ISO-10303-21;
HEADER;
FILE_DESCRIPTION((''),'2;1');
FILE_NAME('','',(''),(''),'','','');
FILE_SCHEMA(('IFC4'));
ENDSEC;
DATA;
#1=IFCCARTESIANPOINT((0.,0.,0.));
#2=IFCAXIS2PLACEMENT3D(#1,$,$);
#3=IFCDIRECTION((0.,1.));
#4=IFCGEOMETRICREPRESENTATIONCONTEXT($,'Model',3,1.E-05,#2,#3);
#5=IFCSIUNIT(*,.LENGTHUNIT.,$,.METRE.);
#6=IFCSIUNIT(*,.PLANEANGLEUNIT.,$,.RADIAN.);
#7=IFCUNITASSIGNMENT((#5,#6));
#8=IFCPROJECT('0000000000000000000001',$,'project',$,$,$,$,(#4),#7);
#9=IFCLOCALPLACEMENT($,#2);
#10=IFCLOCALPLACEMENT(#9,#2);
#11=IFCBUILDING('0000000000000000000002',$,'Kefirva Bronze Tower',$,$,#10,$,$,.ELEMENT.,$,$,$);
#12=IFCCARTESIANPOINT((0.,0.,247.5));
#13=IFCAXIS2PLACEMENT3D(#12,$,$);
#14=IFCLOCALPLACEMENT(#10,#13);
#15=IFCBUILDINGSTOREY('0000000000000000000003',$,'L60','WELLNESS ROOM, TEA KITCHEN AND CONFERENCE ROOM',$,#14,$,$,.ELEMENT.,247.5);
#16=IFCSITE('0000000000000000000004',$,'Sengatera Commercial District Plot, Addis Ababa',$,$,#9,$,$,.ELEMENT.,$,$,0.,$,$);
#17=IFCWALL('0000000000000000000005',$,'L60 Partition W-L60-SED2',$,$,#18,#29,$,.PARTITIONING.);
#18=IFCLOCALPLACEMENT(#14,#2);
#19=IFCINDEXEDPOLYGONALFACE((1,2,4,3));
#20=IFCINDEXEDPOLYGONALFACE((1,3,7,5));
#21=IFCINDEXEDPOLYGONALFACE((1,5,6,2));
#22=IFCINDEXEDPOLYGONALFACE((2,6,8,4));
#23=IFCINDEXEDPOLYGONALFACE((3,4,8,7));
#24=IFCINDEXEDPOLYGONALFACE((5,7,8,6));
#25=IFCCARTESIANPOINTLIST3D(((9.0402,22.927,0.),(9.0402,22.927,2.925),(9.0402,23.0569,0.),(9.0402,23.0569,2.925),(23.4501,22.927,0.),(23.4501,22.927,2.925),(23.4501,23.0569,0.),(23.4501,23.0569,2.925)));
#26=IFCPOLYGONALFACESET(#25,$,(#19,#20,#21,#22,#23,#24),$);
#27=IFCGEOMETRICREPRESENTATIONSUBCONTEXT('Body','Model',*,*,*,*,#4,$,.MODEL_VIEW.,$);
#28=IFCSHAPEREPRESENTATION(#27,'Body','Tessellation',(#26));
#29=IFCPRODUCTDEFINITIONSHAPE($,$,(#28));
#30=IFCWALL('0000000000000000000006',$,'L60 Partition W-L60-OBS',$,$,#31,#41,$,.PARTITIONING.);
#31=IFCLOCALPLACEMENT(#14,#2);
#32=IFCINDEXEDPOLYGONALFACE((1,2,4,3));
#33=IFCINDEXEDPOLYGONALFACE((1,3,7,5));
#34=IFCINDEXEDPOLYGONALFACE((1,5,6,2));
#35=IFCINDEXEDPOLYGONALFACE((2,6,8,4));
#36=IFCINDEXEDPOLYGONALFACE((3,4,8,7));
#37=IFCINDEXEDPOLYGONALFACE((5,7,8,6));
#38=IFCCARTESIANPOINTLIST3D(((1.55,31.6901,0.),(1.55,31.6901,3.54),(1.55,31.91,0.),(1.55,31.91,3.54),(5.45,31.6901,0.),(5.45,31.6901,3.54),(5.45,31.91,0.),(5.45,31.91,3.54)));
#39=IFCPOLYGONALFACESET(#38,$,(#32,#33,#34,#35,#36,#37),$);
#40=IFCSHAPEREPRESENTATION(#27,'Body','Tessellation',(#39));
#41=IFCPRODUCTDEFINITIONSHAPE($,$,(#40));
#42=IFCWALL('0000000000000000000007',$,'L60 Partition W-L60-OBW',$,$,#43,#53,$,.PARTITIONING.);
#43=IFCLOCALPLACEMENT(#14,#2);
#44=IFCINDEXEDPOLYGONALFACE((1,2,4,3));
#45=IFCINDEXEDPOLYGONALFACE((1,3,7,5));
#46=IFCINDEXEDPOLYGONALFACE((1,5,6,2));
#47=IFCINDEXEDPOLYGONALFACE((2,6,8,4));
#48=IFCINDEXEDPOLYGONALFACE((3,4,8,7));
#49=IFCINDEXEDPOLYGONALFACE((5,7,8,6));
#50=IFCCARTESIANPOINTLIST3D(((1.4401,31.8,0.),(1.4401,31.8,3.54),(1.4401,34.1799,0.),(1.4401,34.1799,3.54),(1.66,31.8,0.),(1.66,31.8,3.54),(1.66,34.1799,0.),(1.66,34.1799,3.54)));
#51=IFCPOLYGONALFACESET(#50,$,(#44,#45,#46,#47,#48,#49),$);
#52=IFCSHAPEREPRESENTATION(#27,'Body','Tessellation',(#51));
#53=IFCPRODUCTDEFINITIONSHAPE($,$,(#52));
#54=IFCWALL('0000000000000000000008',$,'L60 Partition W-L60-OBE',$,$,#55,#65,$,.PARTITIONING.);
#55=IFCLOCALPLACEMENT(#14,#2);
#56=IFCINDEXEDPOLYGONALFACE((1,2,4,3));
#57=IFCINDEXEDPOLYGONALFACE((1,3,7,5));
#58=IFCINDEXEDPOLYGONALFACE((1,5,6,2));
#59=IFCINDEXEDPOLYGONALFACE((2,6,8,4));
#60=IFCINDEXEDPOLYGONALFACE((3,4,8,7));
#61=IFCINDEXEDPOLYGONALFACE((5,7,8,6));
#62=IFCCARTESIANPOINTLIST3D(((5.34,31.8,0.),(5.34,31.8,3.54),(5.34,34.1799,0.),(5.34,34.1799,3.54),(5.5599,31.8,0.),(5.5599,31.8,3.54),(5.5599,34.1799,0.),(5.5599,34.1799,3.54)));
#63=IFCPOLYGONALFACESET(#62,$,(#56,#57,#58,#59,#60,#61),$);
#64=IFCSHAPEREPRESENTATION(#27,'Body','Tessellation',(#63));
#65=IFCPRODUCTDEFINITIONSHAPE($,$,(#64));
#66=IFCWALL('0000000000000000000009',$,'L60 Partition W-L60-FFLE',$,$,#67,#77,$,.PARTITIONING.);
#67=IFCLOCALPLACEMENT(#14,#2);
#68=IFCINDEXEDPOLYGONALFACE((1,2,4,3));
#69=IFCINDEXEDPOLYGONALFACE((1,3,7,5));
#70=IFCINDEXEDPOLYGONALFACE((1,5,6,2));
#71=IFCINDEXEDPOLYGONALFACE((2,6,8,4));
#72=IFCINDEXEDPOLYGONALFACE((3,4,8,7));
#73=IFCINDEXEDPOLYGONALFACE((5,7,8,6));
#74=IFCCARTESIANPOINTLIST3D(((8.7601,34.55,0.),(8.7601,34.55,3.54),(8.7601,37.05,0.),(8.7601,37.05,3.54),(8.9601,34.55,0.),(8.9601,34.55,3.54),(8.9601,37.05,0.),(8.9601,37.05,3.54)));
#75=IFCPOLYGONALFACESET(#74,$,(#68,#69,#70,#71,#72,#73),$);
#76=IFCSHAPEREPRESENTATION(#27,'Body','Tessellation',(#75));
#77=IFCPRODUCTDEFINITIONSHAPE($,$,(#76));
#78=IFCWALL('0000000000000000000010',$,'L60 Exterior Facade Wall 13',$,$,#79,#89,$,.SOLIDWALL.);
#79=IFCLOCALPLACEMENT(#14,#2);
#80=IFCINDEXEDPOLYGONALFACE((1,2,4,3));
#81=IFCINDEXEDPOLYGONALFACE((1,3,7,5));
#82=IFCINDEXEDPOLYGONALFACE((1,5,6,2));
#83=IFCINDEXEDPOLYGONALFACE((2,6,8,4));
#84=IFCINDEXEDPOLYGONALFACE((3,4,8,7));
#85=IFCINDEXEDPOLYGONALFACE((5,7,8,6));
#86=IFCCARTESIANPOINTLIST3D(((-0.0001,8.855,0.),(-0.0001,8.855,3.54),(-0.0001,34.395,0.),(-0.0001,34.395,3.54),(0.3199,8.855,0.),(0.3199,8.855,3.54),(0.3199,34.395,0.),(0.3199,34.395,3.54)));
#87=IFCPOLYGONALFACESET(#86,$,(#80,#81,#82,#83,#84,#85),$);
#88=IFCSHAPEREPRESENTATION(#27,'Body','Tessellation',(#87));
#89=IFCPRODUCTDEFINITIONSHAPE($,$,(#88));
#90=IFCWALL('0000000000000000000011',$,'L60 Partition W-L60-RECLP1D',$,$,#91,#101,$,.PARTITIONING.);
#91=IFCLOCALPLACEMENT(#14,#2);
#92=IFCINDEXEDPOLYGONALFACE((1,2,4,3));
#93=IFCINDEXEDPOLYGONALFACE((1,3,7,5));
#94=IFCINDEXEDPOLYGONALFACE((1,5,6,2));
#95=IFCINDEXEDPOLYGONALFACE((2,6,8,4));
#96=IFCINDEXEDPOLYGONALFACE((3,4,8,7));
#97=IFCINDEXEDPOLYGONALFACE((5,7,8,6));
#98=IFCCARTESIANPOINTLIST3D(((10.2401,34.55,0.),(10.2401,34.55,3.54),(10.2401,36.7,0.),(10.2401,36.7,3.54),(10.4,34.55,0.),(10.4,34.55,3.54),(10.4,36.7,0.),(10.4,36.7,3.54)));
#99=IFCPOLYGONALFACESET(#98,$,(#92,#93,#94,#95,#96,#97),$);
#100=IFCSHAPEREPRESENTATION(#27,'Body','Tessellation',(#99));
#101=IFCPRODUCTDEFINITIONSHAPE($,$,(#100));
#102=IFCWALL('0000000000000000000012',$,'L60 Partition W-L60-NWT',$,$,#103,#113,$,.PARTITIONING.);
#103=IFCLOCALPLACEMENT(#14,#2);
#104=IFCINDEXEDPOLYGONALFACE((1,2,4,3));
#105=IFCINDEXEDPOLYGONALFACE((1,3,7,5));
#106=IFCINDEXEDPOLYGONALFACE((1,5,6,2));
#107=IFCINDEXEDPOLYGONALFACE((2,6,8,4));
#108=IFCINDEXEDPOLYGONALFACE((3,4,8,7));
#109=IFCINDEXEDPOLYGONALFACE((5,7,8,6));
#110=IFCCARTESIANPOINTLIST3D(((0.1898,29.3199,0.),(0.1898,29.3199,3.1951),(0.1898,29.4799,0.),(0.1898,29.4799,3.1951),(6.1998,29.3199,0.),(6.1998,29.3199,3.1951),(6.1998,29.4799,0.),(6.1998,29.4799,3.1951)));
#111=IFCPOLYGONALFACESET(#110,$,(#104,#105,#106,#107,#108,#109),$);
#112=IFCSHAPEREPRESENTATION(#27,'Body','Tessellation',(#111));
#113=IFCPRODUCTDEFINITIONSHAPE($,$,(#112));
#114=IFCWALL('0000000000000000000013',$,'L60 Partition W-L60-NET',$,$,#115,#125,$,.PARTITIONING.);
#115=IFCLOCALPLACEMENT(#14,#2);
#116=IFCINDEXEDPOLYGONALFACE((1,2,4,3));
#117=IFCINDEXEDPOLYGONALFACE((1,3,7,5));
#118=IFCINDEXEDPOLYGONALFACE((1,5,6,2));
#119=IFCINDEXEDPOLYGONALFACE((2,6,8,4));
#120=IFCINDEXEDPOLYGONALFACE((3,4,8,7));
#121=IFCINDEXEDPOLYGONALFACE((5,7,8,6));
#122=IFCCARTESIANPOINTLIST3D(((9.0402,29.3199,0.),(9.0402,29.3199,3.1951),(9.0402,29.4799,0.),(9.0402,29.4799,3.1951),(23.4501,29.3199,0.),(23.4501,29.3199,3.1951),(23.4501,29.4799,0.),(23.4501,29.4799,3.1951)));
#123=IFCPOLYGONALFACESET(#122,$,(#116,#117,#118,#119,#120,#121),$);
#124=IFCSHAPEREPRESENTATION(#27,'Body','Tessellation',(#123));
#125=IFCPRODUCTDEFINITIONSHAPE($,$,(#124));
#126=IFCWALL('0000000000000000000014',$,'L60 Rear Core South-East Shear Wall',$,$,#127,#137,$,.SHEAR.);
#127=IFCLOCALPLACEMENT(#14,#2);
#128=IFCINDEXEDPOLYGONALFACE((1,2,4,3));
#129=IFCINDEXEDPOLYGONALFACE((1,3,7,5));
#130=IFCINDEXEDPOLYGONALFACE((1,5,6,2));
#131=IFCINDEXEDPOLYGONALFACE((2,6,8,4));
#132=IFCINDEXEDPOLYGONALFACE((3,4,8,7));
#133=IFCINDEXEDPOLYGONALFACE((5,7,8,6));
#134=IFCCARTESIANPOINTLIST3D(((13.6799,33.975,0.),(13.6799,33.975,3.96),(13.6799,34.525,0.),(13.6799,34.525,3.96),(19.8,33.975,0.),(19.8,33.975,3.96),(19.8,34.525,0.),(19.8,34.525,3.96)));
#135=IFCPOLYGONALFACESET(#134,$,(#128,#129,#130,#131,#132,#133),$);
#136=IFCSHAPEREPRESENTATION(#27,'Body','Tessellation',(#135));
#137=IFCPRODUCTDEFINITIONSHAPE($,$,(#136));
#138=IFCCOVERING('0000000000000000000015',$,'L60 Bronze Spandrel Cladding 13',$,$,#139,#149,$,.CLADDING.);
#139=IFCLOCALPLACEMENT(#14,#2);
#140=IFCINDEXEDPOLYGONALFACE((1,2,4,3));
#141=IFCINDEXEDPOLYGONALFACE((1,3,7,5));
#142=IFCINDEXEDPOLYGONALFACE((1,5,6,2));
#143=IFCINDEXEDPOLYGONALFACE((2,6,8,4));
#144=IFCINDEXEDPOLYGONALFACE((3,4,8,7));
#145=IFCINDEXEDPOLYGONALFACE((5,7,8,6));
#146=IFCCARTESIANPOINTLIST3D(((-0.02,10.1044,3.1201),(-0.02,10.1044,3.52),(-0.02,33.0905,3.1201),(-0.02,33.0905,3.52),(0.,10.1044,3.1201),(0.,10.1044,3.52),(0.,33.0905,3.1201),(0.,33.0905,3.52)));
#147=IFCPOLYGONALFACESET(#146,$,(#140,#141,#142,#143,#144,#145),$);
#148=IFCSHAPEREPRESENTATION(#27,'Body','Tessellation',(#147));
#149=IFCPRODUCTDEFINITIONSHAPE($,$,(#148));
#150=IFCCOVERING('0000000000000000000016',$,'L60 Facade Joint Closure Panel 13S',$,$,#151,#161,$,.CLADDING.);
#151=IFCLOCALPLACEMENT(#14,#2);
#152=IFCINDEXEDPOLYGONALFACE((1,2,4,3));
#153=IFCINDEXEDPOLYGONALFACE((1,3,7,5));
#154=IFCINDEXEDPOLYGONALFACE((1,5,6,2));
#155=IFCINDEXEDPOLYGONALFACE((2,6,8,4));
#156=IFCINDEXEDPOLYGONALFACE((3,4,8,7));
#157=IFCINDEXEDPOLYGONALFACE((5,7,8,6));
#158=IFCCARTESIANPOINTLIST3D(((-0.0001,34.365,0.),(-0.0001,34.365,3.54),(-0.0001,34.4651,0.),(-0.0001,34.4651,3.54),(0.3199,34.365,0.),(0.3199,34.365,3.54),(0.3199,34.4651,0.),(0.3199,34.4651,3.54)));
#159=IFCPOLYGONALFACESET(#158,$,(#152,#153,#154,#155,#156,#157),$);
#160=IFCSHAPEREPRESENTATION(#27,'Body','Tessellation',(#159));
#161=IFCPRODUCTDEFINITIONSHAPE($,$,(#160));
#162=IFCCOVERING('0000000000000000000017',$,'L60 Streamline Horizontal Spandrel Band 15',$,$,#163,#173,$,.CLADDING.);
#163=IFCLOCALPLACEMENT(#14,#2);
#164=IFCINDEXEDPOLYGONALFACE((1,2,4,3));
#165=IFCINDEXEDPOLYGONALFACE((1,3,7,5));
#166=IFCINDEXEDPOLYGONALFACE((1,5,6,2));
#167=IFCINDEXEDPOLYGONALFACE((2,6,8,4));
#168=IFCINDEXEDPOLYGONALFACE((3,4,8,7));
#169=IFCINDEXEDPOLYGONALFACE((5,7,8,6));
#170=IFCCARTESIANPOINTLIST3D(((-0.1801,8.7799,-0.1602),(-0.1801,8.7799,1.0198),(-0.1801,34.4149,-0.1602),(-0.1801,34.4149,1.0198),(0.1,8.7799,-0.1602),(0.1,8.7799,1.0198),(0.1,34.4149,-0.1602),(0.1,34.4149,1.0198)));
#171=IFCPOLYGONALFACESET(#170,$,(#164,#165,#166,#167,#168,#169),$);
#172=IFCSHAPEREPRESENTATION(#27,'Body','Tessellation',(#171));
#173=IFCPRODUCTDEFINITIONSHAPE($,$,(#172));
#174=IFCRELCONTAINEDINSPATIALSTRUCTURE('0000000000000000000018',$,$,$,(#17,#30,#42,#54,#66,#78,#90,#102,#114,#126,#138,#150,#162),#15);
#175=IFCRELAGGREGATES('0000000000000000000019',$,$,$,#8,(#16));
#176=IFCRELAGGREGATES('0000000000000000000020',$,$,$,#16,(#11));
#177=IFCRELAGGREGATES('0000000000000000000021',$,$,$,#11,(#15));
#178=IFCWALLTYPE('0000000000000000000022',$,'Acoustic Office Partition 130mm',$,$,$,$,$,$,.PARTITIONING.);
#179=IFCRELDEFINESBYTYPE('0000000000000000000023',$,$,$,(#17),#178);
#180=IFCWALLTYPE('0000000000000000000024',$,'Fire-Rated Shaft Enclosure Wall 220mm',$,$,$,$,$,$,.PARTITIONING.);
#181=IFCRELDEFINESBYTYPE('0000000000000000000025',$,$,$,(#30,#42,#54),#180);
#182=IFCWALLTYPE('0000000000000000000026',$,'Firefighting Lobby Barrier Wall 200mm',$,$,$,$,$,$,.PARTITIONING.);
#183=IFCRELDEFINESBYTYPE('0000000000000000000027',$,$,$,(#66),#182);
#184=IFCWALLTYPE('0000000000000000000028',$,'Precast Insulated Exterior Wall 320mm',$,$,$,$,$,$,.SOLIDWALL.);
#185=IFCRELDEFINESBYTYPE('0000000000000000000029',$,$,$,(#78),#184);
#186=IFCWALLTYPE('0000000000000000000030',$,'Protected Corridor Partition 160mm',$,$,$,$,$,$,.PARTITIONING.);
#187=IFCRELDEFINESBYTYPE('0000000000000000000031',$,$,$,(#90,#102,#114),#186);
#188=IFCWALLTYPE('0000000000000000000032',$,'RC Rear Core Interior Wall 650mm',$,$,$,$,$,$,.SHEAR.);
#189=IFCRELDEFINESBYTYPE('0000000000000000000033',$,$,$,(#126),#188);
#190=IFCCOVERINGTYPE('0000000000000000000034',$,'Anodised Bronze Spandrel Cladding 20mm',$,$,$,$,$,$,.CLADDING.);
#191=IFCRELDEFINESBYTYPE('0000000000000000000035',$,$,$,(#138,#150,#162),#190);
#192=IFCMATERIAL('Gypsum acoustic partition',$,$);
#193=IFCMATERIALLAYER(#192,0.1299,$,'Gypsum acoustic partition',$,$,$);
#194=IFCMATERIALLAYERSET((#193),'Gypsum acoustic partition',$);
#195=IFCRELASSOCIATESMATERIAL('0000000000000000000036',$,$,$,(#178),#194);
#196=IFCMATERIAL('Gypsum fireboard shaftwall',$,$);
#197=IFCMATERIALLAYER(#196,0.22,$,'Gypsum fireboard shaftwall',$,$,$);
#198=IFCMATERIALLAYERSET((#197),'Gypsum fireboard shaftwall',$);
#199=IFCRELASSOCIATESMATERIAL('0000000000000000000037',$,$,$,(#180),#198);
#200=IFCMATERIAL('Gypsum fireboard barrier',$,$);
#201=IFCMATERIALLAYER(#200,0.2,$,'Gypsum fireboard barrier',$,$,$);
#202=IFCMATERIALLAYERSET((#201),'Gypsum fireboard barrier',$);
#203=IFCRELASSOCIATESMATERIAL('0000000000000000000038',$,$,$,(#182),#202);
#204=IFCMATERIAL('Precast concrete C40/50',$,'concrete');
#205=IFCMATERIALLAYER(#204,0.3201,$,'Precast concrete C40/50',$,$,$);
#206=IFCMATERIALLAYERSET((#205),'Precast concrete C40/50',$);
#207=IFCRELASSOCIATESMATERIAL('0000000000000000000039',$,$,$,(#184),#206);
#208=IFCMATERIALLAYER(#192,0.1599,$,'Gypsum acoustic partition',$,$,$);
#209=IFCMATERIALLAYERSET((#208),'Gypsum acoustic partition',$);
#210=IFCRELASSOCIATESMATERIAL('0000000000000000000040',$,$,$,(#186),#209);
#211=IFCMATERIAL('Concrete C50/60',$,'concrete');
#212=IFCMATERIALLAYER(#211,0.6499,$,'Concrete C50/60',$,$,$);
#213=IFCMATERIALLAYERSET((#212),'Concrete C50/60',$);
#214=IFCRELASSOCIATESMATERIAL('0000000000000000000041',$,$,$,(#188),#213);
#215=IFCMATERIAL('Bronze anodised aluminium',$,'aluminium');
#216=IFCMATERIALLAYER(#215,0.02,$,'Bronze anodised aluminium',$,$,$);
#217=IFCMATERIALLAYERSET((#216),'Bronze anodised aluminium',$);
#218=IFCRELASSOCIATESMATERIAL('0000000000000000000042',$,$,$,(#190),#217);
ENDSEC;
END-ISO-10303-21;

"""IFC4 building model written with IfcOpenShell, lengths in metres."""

from ifc_helpers import new_model, si_unit, direction, frame, frame_2d, origin, origin_2d, place, context, subcontext, project, spatial, rectangle, extrude, material, layer, layer_set, type_object, element, save


model = new_model("IFC4")

# Units and contexts
model_context = context("Model", 3, precision=1e-05, world=origin(), true_north=direction((0.0, 1.0)))
body_context = subcontext(model_context, "Body", "Model", "MODEL_VIEW")
ifc_project = project(units=[si_unit("LENGTHUNIT", "METRE"), si_unit("PLANEANGLEUNIT", "RADIAN")], contexts=[model_context])

# Site, building, storey
site_placement = place(None, origin())
site = spatial("IfcSite", under=ifc_project, at=site_placement, Name="Sengatera Commercial District Plot, Addis Ababa", CompositionType="ELEMENT", RefElevation=0.0)
building_placement = place(site_placement, origin())
building = spatial("IfcBuilding", under=site, at=building_placement, Name="Kefirva Bronze Tower", CompositionType="ELEMENT")
storey_placement = place(building_placement, frame((0.0, 0.0, 247.5)))
storey = spatial("IfcBuildingStorey", under=building, at=storey_placement, Name="L60", Description="WELLNESS ROOM, TEA KITCHEN AND CONFERENCE ROOM", CompositionType="ELEMENT", Elevation=247.5)

# Shared definitions
ifc_material_1 = material(Name="Concrete C50/60", Category="concrete")

# Walls
ifc_material_2 = material(Name="Gypsum acoustic partition")
ifc_layer_1 = layer(ifc_material_2, 0.1299, Name="Gypsum acoustic partition")
ifc_layer_set_1 = layer_set([ifc_layer_1], Name="Gypsum acoustic partition")
wall_type_1 = type_object("IfcWallType", Name="Acoustic Office Partition 130mm", PredefinedType="PARTITIONING", material=ifc_layer_set_1)
wall_1_placement = place(storey_placement, frame((9.04, 22.9919, 0.0), z_axis=(0.0, 0.0, 1.0), x_axis=(1.0, 0.0, 0.0)))
element("IfcWall", 1, at=wall_1_placement, inside=storey, type_object=wall_type_1, Name="L60 Partition W-L60-SED2", PredefinedType="PARTITIONING", context=body_context, shape_type="SweptSolid", body=[
    extrude(rectangle(XDim=14.4099, YDim=0.1299, at=frame_2d((7.2051, 0.0))), origin(), (0.0, 0.0, 1.0), 2.925),
])
ifc_material_3 = material(Name="Gypsum fireboard shaftwall")
ifc_layer_2 = layer(ifc_material_3, 0.22, Name="Gypsum fireboard shaftwall")
ifc_layer_set_2 = layer_set([ifc_layer_2], Name="Gypsum fireboard shaftwall")
wall_type_2 = type_object("IfcWallType", Name="Fire-Rated Shaft Enclosure Wall 220mm", PredefinedType="PARTITIONING", material=ifc_layer_set_2)
wall_2_placement = place(storey_placement, frame((1.55, 31.8, 0.0), z_axis=(0.0, 0.0, 1.0), x_axis=(1.0, 0.0, 0.0)))
element("IfcWall", 2, at=wall_2_placement, inside=storey, type_object=wall_type_2, Name="L60 Partition W-L60-OBS", PredefinedType="PARTITIONING", context=body_context, shape_type="SweptSolid", body=[
    extrude(rectangle(XDim=3.8999, YDim=0.22, at=frame_2d((1.95, 0.0))), origin(), (0.0, 0.0, 1.0), 3.54),
])
for number, where, z_axis, x_axis, name in (
    (3, (1.55, 31.8, 0.0), (0.0, 0.0, 1.0), (0.0, 1.0, 0.0), "L60 Partition W-L60-OBW"),
    (4, (5.45, 31.8, 0.0), (0.0, 0.0, 1.0), (0.0, 1.0, 0.0), "L60 Partition W-L60-OBE"),
):
    element("IfcWall", number, at=place(storey_placement, frame(where, z_axis=z_axis, x_axis=x_axis)), inside=storey, type_object=wall_type_2, Name=name, PredefinedType="PARTITIONING", context=body_context, shape_type="SweptSolid", body=[
        extrude(rectangle(XDim=2.3799, YDim=0.22, at=frame_2d((1.1899, 0.0))), origin(), (0.0, 0.0, 1.0), 3.54),
    ])
ifc_material_4 = material(Name="Gypsum fireboard barrier")
ifc_layer_3 = layer(ifc_material_4, 0.2, Name="Gypsum fireboard barrier")
ifc_layer_set_3 = layer_set([ifc_layer_3], Name="Gypsum fireboard barrier")
wall_type_3 = type_object("IfcWallType", Name="Firefighting Lobby Barrier Wall 200mm", PredefinedType="PARTITIONING", material=ifc_layer_set_3)
wall_3_placement = place(storey_placement, frame((8.8601, 34.55, 0.0), z_axis=(0.0, 0.0, 1.0), x_axis=(0.0, 1.0, 0.0)))
element("IfcWall", 5, at=wall_3_placement, inside=storey, type_object=wall_type_3, Name="L60 Partition W-L60-FFLE", PredefinedType="PARTITIONING", context=body_context, shape_type="SweptSolid", body=[
    extrude(rectangle(XDim=2.5, YDim=0.2, at=frame_2d((1.25, 0.0))), origin(), (0.0, 0.0, 1.0), 3.54),
])
ifc_material_5 = material(Name="Precast concrete C40/50", Category="concrete")
ifc_layer_4 = layer(ifc_material_5, 0.3201, Name="Precast concrete C40/50")
ifc_layer_set_4 = layer_set([ifc_layer_4], Name="Precast concrete C40/50")
wall_type_4 = type_object("IfcWallType", Name="Precast Insulated Exterior Wall 320mm", PredefinedType="SOLIDWALL", material=ifc_layer_set_4)
wall_4_placement = place(storey_placement, frame((0.1599, 34.395, 0.0), z_axis=(0.0, 0.0, 1.0), x_axis=(0.0, -1.0, 0.0)))
element("IfcWall", 6, at=wall_4_placement, inside=storey, type_object=wall_type_4, Name="L60 Exterior Facade Wall 13", PredefinedType="SOLIDWALL", context=body_context, shape_type="SweptSolid", body=[
    extrude(rectangle(XDim=25.54, YDim=0.3201, at=frame_2d((12.77, 0.0))), origin(), (0.0, 0.0, 1.0), 3.54),
])
ifc_layer_5 = layer(ifc_material_2, 0.1599, Name="Gypsum acoustic partition")
ifc_layer_set_5 = layer_set([ifc_layer_5], Name="Gypsum acoustic partition")
wall_type_5 = type_object("IfcWallType", Name="Protected Corridor Partition 160mm", PredefinedType="PARTITIONING", material=ifc_layer_set_5)
wall_5_placement = place(storey_placement, frame((10.3201, 34.55, 0.0), z_axis=(0.0, 0.0, 1.0), x_axis=(0.0, 1.0, 0.0)))
element("IfcWall", 7, at=wall_5_placement, inside=storey, type_object=wall_type_5, Name="L60 Partition W-L60-RECLP1D", PredefinedType="PARTITIONING", context=body_context, shape_type="SweptSolid", body=[
    extrude(rectangle(XDim=2.1499, YDim=0.1599, at=frame_2d((1.075, 0.0))), origin(), (0.0, 0.0, 1.0), 3.54),
])
wall_6_placement = place(storey_placement, frame((0.1899, 29.3999, 0.0), z_axis=(0.0, 0.0, 1.0), x_axis=(1.0, 0.0, 0.0)))
element("IfcWall", 8, at=wall_6_placement, inside=storey, type_object=wall_type_5, Name="L60 Partition W-L60-NWT", PredefinedType="PARTITIONING", context=body_context, shape_type="SweptSolid", body=[
    extrude(rectangle(XDim=6.01, YDim=0.1599, at=frame_2d((3.0049, 0.0))), origin(), (0.0, 0.0, 1.0), 3.1951),
])
wall_7_placement = place(storey_placement, frame((9.04, 29.3999, 0.0), z_axis=(0.0, 0.0, 1.0), x_axis=(1.0, 0.0, 0.0)))
element("IfcWall", 9, at=wall_7_placement, inside=storey, type_object=wall_type_5, Name="L60 Partition W-L60-NET", PredefinedType="PARTITIONING", context=body_context, shape_type="SweptSolid", body=[
    extrude(rectangle(XDim=14.4099, YDim=0.1599, at=frame_2d((7.2051, 0.0))), origin(), (0.0, 0.0, 1.0), 3.1951),
])

# Shared definitions
ifc_layer_6 = layer(ifc_material_1, 0.6499, Name="Concrete C50/60")
ifc_layer_set_6 = layer_set([ifc_layer_6], Name="Concrete C50/60")
wall_type_6 = type_object("IfcWallType", Name="RC Rear Core Interior Wall 650mm", PredefinedType="SHEAR", material=ifc_layer_set_6)

# Wall
wall_8_placement = place(storey_placement, frame((13.6799, 34.25, 0.0), z_axis=(0.0, 0.0, 1.0), x_axis=(1.0, 0.0, 0.0)))
element("IfcWall", 10, at=wall_8_placement, inside=storey, type_object=wall_type_6, Name="L60 Rear Core South-East Shear Wall", PredefinedType="SHEAR", context=body_context, shape_type="SweptSolid", body=[
    extrude(rectangle(XDim=6.1201, YDim=0.55, at=frame_2d((3.0601, 0.0))), origin(), (0.0, 0.0, 1.0), 3.96),
])

# Coverings
ifc_material_6 = material(Name="Bronze anodised aluminium", Category="aluminium")
ifc_layer_7 = layer(ifc_material_6, 0.02, Name="Bronze anodised aluminium")
ifc_layer_set_7 = layer_set([ifc_layer_7], Name="Bronze anodised aluminium")
covering_type_1 = type_object("IfcCoveringType", Name="Anodised Bronze Spandrel Cladding 20mm", PredefinedType="CLADDING", material=ifc_layer_set_7)
covering_1_placement = place(storey_placement, frame((-0.01, 21.5974, 3.1201), z_axis=(0.0, 0.0, 1.0), x_axis=(0.0, -1.0, 0.0)))
element("IfcCovering", 11, at=covering_1_placement, inside=storey, type_object=covering_type_1, Name="L60 Bronze Spandrel Cladding 13", PredefinedType="CLADDING", context=body_context, shape_type="SweptSolid", body=[
    extrude(rectangle(XDim=22.9861, YDim=0.02, at=origin_2d()), origin(), (0.0, 0.0, 1.0), 0.3999),
])
covering_2_placement = place(storey_placement, frame((0.1599, 34.415, 0.0), z_axis=(0.0, 0.0, 1.0), x_axis=(0.0, -1.0, 0.0)))
element("IfcCovering", 12, at=covering_2_placement, inside=storey, type_object=covering_type_1, Name="L60 Facade Joint Closure Panel 13S", PredefinedType="CLADDING", context=body_context, shape_type="SweptSolid", body=[
    extrude(rectangle(XDim=0.1001, YDim=0.3201, at=origin_2d()), origin(), (0.0, 0.0, 1.0), 3.54),
])
covering_3_placement = place(storey_placement, frame((-0.04, 21.5974, -0.1602), z_axis=(0.0, 0.0, 1.0), x_axis=(0.0, -1.0, 0.0)))
element("IfcCovering", 13, at=covering_3_placement, inside=storey, type_object=covering_type_1, Name="L60 Streamline Horizontal Spandrel Band 15", PredefinedType="CLADDING", context=body_context, shape_type="SweptSolid", body=[
    extrude(rectangle(XDim=25.635, YDim=0.28, at=origin_2d()), origin(), (0.0, 0.0, 1.0), 1.1799),
])

save(model, "model.ifc")
